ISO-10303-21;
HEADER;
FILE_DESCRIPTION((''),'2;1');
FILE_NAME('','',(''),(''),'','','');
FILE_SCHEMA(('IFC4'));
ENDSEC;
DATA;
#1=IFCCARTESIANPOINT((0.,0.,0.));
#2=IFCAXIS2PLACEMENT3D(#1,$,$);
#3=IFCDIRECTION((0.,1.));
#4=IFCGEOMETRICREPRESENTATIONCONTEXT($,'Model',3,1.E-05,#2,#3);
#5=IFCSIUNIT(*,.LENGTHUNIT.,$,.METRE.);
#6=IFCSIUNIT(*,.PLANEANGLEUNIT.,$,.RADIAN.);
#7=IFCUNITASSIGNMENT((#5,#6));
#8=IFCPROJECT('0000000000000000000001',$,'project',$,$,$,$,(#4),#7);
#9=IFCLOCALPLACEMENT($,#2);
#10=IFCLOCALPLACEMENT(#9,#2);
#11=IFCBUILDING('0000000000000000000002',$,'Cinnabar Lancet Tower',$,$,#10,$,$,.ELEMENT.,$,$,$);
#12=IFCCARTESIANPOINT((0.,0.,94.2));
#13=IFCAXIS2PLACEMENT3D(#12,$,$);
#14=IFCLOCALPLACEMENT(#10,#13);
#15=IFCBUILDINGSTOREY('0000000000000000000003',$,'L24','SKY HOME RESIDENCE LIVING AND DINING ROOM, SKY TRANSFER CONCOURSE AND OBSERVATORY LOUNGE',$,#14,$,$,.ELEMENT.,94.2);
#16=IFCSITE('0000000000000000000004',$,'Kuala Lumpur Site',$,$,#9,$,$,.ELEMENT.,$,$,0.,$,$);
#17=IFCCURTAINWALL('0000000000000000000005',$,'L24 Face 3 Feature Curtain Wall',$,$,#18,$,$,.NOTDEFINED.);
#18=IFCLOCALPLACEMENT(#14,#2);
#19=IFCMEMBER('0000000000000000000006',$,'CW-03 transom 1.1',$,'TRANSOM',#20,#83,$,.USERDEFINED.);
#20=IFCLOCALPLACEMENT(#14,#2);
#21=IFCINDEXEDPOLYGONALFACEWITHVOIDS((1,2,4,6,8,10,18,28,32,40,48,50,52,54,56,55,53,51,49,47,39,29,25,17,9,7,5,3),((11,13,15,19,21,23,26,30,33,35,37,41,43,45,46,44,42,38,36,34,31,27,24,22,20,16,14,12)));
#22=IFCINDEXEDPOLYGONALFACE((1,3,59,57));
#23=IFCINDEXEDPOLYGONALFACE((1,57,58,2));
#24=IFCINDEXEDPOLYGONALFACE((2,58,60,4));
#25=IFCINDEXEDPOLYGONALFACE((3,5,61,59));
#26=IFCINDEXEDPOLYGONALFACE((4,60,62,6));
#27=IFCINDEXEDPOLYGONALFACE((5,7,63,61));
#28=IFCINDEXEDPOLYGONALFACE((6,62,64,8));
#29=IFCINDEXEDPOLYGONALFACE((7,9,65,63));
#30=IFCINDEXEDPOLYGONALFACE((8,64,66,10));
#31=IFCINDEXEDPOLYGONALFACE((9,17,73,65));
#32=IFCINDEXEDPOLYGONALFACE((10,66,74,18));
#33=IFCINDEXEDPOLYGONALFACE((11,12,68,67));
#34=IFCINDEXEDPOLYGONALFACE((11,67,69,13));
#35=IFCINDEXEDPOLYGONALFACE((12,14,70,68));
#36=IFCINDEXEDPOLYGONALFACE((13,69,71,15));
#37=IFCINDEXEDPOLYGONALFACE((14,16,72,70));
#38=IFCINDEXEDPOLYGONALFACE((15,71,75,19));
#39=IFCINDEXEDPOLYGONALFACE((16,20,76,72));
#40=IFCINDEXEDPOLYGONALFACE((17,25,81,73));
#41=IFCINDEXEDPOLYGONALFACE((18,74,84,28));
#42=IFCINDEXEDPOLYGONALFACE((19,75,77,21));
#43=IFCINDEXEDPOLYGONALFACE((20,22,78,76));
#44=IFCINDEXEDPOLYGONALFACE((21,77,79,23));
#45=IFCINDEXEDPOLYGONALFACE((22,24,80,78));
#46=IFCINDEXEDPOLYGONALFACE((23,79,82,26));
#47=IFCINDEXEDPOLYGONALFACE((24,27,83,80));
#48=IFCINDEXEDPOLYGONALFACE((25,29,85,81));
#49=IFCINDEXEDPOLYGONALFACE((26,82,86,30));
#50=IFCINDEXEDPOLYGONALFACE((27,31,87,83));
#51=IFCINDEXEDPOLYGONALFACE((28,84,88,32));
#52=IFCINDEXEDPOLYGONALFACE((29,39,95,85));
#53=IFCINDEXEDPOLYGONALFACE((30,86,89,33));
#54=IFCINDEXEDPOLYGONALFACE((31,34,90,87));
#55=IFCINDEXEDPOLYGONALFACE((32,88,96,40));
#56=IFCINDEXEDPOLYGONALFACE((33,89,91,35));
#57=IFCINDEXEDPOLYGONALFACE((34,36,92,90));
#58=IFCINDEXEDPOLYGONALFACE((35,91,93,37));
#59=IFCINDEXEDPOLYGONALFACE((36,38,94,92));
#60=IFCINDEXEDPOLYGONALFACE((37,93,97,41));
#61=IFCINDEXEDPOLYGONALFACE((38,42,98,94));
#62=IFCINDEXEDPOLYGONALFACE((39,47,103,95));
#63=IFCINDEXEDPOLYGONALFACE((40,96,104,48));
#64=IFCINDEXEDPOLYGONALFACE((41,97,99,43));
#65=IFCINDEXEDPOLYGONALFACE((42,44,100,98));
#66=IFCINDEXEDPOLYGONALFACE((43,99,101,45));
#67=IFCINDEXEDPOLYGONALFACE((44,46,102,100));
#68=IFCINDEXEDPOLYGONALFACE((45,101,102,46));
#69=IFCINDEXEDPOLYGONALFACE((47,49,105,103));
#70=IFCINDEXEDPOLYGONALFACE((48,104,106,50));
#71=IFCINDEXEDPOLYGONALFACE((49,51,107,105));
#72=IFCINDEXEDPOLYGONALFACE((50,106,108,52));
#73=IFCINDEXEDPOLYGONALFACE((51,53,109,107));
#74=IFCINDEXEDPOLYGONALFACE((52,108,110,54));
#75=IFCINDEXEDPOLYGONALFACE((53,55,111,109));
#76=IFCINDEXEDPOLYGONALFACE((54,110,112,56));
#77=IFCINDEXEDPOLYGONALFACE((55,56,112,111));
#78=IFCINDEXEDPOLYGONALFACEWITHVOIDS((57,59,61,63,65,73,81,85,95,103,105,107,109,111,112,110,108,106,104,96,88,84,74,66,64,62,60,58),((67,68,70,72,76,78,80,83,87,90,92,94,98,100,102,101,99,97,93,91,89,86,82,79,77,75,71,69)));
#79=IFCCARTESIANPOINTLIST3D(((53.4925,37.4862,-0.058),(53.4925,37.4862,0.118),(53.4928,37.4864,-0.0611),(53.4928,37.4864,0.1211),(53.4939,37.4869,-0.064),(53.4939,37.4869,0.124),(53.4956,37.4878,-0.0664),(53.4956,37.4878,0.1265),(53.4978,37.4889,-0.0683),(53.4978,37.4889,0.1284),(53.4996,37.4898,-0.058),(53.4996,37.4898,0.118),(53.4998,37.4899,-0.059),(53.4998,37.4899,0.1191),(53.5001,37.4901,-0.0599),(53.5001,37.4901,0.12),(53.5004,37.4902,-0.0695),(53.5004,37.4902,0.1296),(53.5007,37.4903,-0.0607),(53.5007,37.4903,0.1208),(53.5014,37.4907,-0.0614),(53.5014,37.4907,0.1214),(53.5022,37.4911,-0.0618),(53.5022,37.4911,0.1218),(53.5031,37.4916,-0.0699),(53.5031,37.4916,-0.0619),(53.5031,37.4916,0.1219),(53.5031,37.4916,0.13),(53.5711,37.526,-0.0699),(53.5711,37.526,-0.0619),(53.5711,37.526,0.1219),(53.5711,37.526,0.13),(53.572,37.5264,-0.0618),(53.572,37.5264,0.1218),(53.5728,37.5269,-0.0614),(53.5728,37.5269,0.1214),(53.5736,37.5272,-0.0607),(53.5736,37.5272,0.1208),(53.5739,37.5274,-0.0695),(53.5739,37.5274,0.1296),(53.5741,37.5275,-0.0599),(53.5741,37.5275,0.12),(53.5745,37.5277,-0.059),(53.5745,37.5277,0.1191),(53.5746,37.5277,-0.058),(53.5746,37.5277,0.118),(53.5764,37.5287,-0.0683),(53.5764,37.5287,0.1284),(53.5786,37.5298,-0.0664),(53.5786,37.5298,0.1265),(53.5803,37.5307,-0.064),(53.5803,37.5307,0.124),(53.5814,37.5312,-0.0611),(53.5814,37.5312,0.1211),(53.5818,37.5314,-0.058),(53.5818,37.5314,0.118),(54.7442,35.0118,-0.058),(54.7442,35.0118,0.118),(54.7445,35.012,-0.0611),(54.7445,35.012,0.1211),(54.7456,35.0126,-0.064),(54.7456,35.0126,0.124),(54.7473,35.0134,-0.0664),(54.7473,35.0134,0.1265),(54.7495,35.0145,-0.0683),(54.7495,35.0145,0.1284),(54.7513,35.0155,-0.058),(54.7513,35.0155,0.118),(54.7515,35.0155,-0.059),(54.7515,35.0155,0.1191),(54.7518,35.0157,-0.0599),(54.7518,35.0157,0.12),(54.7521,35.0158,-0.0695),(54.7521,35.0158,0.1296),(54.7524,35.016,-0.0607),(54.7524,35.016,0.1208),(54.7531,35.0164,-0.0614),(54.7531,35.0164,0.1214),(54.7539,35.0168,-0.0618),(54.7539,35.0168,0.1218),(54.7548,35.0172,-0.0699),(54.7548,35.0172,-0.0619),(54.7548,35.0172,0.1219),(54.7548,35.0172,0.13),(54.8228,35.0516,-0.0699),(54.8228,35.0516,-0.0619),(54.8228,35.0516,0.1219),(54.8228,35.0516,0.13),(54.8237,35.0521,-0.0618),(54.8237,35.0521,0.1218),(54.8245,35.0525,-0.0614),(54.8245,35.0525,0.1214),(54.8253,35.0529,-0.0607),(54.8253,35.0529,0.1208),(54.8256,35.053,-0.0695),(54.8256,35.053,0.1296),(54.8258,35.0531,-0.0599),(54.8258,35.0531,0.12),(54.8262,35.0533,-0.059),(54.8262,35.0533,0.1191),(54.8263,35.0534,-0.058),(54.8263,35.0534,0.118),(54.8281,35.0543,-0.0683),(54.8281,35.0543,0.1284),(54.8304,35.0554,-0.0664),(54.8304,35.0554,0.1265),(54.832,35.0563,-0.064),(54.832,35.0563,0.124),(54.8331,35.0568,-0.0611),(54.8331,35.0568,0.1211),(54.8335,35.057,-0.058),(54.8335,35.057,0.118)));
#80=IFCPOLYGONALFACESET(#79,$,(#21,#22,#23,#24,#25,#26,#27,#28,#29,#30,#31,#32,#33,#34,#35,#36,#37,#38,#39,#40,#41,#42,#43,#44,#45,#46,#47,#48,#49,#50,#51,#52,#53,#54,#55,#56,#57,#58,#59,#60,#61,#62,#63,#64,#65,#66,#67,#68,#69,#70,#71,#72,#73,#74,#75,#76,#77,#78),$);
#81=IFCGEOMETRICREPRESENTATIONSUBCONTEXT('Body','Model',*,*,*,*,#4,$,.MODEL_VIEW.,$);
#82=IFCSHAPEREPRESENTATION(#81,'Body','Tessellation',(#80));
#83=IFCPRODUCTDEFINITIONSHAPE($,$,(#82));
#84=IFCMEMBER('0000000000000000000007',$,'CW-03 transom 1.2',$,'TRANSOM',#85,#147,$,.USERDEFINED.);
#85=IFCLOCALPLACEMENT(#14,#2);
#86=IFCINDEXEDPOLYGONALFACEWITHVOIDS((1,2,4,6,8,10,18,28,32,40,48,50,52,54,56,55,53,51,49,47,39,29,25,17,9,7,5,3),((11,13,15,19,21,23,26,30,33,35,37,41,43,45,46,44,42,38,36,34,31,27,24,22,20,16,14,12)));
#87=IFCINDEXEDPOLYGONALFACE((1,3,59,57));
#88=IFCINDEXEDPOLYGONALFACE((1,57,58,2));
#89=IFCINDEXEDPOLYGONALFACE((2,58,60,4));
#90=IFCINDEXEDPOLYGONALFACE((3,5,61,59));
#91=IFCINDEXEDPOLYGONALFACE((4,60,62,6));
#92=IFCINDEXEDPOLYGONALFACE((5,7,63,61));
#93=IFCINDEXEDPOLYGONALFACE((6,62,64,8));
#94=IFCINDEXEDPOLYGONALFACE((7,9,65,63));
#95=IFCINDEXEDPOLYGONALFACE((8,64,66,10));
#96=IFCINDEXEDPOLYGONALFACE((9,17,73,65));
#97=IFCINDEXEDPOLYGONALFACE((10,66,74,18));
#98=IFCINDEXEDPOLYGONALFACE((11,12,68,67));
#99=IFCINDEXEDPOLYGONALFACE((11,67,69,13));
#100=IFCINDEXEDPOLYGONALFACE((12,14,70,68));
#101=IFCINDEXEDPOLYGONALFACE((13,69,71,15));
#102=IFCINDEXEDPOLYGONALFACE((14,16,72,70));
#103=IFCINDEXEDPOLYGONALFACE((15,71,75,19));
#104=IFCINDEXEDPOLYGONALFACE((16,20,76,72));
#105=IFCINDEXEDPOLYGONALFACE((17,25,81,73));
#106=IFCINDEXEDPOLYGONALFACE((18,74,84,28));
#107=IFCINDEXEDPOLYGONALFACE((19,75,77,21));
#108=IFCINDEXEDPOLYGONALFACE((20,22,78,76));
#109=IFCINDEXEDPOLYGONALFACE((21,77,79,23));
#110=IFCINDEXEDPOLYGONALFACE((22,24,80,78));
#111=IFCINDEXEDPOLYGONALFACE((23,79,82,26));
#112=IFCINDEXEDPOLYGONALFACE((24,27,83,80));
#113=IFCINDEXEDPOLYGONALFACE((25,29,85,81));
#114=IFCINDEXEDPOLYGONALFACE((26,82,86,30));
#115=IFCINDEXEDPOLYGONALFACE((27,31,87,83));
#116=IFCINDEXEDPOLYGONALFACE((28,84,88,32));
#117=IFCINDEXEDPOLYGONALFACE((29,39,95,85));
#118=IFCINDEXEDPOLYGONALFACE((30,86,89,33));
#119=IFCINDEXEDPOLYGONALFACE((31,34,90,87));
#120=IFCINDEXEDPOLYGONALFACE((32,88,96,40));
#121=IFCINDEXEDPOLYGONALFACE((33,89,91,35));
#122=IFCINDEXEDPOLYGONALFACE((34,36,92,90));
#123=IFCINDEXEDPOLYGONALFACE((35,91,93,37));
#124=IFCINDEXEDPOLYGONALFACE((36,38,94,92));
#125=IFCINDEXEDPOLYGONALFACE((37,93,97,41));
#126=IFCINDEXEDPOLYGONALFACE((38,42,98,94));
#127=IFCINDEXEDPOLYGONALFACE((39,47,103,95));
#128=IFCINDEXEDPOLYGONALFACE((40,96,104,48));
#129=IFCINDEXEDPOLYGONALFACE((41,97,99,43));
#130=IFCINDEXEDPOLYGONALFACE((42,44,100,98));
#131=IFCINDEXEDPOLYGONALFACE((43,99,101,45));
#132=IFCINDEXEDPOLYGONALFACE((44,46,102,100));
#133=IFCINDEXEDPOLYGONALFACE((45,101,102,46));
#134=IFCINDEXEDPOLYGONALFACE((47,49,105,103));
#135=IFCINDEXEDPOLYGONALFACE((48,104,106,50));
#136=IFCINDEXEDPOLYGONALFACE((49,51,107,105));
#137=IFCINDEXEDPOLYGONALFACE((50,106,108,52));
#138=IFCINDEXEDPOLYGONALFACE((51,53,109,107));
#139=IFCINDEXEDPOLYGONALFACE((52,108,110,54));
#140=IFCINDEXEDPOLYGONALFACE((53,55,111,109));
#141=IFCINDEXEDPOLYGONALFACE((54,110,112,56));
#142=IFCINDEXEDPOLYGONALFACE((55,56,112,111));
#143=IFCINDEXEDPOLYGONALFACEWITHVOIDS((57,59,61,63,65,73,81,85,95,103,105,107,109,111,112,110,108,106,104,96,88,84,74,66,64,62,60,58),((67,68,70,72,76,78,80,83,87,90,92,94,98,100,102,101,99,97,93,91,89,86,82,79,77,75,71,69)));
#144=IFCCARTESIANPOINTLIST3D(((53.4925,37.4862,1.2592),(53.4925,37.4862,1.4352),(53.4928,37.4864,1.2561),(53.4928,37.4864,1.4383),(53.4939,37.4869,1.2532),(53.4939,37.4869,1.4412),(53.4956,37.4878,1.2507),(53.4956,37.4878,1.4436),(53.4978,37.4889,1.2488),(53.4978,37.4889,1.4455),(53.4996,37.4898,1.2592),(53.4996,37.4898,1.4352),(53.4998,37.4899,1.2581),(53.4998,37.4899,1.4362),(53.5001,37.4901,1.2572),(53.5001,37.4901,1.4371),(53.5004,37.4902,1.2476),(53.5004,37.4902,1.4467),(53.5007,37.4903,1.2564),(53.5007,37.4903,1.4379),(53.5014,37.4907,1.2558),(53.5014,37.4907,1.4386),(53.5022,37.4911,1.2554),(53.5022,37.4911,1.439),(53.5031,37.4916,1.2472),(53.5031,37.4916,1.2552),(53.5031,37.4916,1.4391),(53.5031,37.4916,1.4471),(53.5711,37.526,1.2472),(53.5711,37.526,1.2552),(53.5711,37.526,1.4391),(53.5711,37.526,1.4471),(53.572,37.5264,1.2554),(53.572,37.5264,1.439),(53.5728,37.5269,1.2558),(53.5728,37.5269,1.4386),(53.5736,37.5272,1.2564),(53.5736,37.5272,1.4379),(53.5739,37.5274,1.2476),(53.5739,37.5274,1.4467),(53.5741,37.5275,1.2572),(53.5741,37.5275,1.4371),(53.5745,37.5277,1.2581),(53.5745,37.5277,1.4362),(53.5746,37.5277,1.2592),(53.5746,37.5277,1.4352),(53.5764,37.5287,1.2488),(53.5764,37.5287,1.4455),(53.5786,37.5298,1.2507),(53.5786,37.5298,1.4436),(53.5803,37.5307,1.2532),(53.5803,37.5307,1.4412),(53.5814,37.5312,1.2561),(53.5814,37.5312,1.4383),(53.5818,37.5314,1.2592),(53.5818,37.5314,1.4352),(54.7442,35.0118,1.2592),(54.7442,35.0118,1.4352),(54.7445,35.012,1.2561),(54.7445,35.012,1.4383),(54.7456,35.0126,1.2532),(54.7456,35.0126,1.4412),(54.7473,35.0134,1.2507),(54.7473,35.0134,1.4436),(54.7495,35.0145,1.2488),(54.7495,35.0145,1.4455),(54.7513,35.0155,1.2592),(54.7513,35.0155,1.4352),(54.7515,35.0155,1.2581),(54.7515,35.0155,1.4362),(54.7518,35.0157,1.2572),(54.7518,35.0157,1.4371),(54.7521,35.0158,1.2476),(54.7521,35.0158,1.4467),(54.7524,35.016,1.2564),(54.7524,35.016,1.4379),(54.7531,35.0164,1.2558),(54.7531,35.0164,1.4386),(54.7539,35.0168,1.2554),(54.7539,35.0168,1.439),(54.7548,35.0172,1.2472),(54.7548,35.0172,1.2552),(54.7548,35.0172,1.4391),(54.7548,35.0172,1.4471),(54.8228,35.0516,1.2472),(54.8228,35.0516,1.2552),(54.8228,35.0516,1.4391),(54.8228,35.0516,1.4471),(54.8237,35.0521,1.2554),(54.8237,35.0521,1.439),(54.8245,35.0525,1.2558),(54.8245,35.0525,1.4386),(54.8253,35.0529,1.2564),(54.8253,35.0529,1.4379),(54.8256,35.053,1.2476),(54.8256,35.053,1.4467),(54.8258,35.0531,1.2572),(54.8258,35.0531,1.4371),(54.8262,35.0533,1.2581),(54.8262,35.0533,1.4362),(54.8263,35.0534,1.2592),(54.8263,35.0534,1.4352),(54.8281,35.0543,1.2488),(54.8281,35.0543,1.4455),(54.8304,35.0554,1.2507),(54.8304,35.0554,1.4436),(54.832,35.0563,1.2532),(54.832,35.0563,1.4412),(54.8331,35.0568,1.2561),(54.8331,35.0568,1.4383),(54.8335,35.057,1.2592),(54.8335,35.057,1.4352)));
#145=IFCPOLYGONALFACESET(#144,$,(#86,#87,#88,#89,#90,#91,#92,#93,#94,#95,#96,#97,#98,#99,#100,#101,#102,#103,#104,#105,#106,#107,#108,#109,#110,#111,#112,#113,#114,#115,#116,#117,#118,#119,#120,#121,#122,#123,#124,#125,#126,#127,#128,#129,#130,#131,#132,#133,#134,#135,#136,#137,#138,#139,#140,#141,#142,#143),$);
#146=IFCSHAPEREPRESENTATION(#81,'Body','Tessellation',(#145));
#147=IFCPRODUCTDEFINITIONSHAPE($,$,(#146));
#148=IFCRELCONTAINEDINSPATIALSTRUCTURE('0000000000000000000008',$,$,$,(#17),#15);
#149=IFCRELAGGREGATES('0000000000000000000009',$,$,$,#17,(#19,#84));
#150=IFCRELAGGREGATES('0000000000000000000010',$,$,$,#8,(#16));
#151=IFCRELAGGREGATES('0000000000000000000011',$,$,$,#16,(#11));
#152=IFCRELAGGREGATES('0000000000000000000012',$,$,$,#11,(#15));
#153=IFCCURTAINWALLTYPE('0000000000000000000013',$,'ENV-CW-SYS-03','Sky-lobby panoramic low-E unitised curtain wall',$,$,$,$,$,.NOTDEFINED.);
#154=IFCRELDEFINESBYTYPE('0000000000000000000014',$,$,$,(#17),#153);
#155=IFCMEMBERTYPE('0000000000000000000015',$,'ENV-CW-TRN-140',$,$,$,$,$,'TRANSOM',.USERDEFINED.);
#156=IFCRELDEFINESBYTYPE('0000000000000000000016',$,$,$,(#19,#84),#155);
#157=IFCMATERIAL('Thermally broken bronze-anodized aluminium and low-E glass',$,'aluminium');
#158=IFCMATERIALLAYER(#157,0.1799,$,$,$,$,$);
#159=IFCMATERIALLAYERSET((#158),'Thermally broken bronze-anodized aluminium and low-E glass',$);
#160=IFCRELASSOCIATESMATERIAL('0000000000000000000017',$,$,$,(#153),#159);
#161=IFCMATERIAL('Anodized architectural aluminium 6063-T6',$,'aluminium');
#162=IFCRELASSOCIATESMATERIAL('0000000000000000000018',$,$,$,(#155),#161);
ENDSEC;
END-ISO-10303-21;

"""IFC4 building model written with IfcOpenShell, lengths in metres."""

from ifc_helpers import new_model, si_unit, direction, frame, origin, origin_2d, place, context, subcontext, project, spatial, hollow_rectangle, extrude, material, layer, layer_set, material_profile, profile_set, type_object, element, aggregate, save


model = new_model("IFC4")

# Units and contexts
model_context = context("Model", 3, precision=1e-05, world=origin(), true_north=direction((0.0, 1.0)))
body_context = subcontext(model_context, "Body", "Model", "MODEL_VIEW")
ifc_project = project(units=[si_unit("LENGTHUNIT", "METRE"), si_unit("PLANEANGLEUNIT", "RADIAN")], contexts=[model_context])

# Site, building, storey
site_placement = place(None, origin())
site = spatial("IfcSite", under=ifc_project, at=site_placement, Name="Kuala Lumpur Site", CompositionType="ELEMENT", RefElevation=0.0)
building_placement = place(site_placement, origin())
building = spatial("IfcBuilding", under=site, at=building_placement, Name="Cinnabar Lancet Tower", CompositionType="ELEMENT")
storey_placement = place(building_placement, frame((0.0, 0.0, 94.2)))
storey = spatial("IfcBuildingStorey", under=building, at=storey_placement, Name="L24", Description="SKY HOME RESIDENCE LIVING AND DINING ROOM, SKY TRANSFER CONCOURSE AND OBSERVATORY LOUNGE", CompositionType="ELEMENT", Elevation=94.2)

# Curtain wall, members
ifc_material_1 = material(Name="Thermally broken bronze-anodized aluminium and low-E glass", Category="aluminium")
ifc_layer_1 = layer(ifc_material_1, 0.1799)
ifc_layer_set_1 = layer_set([ifc_layer_1], Name="Thermally broken bronze-anodized aluminium and low-E glass")
curtain_wall_type = type_object("IfcCurtainWallType", Name="ENV-CW-SYS-03", Description="Sky-lobby panoramic low-E unitised curtain wall", PredefinedType="NOTDEFINED", material=ifc_layer_set_1)
curtain_wall_placement = place(storey_placement, origin())
curtain_wall = element("IfcCurtainWall", 1, at=curtain_wall_placement, inside=storey, type_object=curtain_wall_type, Name="L24 Face 3 Feature Curtain Wall", PredefinedType="NOTDEFINED")
ifc_material_2 = material(Name="Anodized architectural aluminium 6063-T6", Category="aluminium")
ifc_material_profile_1 = material_profile(ifc_material_2, hollow_rectangle(XDim=0.1001, YDim=0.2, WallThickness=0.0081, InnerFilletRadius=0.0039, OuterFilletRadius=0.012, at=origin_2d()), Name="RHS 200x100x8")
ifc_profile_set_1 = profile_set([ifc_material_profile_1], Name="Anodized architectural aluminium 6063-T6")
member_type_1 = type_object("IfcMemberType", Name="ENV-CW-TRN-140", ElementType="TRANSOM", PredefinedType="USERDEFINED", material=ifc_profile_set_1)
member_1_placement = place(storey_placement, frame((54.7888, 35.0344, 0.03), z_axis=(-0.4514, 0.892322, 0.0), x_axis=(-0.892322, -0.4514, 0.0)))
member_1 = element("IfcMember", 2, at=member_1_placement, type_object=member_type_1, Name="CW-03 transom 1.1", ObjectType="TRANSOM", PredefinedType="USERDEFINED", context=body_context, shape_type="SweptSolid", body=[
    extrude(hollow_rectangle(XDim=0.1001, YDim=0.2, WallThickness=0.0081, InnerFilletRadius=0.0039, OuterFilletRadius=0.012, at=origin_2d()), origin(), (0.0, 0.0, 1.0), 2.7729),
])
member_2_placement = place(storey_placement, frame((54.7888, 35.0344, 1.3472), z_axis=(-0.4514, 0.892322, 0.0), x_axis=(-0.892322, -0.4514, 0.0)))
member_2 = element("IfcMember", 3, at=member_2_placement, type_object=member_type_1, Name="CW-03 transom 1.2", ObjectType="TRANSOM", PredefinedType="USERDEFINED", context=body_context, shape_type="SweptSolid", body=[
    extrude(hollow_rectangle(XDim=0.1001, YDim=0.2, WallThickness=0.0081, InnerFilletRadius=0.0039, OuterFilletRadius=0.012, at=origin_2d()), origin(), (0.0, 0.0, 1.0), 2.7729),
])

aggregate(curtain_wall, [member_1, member_2])

save(model, "model.ifc")
